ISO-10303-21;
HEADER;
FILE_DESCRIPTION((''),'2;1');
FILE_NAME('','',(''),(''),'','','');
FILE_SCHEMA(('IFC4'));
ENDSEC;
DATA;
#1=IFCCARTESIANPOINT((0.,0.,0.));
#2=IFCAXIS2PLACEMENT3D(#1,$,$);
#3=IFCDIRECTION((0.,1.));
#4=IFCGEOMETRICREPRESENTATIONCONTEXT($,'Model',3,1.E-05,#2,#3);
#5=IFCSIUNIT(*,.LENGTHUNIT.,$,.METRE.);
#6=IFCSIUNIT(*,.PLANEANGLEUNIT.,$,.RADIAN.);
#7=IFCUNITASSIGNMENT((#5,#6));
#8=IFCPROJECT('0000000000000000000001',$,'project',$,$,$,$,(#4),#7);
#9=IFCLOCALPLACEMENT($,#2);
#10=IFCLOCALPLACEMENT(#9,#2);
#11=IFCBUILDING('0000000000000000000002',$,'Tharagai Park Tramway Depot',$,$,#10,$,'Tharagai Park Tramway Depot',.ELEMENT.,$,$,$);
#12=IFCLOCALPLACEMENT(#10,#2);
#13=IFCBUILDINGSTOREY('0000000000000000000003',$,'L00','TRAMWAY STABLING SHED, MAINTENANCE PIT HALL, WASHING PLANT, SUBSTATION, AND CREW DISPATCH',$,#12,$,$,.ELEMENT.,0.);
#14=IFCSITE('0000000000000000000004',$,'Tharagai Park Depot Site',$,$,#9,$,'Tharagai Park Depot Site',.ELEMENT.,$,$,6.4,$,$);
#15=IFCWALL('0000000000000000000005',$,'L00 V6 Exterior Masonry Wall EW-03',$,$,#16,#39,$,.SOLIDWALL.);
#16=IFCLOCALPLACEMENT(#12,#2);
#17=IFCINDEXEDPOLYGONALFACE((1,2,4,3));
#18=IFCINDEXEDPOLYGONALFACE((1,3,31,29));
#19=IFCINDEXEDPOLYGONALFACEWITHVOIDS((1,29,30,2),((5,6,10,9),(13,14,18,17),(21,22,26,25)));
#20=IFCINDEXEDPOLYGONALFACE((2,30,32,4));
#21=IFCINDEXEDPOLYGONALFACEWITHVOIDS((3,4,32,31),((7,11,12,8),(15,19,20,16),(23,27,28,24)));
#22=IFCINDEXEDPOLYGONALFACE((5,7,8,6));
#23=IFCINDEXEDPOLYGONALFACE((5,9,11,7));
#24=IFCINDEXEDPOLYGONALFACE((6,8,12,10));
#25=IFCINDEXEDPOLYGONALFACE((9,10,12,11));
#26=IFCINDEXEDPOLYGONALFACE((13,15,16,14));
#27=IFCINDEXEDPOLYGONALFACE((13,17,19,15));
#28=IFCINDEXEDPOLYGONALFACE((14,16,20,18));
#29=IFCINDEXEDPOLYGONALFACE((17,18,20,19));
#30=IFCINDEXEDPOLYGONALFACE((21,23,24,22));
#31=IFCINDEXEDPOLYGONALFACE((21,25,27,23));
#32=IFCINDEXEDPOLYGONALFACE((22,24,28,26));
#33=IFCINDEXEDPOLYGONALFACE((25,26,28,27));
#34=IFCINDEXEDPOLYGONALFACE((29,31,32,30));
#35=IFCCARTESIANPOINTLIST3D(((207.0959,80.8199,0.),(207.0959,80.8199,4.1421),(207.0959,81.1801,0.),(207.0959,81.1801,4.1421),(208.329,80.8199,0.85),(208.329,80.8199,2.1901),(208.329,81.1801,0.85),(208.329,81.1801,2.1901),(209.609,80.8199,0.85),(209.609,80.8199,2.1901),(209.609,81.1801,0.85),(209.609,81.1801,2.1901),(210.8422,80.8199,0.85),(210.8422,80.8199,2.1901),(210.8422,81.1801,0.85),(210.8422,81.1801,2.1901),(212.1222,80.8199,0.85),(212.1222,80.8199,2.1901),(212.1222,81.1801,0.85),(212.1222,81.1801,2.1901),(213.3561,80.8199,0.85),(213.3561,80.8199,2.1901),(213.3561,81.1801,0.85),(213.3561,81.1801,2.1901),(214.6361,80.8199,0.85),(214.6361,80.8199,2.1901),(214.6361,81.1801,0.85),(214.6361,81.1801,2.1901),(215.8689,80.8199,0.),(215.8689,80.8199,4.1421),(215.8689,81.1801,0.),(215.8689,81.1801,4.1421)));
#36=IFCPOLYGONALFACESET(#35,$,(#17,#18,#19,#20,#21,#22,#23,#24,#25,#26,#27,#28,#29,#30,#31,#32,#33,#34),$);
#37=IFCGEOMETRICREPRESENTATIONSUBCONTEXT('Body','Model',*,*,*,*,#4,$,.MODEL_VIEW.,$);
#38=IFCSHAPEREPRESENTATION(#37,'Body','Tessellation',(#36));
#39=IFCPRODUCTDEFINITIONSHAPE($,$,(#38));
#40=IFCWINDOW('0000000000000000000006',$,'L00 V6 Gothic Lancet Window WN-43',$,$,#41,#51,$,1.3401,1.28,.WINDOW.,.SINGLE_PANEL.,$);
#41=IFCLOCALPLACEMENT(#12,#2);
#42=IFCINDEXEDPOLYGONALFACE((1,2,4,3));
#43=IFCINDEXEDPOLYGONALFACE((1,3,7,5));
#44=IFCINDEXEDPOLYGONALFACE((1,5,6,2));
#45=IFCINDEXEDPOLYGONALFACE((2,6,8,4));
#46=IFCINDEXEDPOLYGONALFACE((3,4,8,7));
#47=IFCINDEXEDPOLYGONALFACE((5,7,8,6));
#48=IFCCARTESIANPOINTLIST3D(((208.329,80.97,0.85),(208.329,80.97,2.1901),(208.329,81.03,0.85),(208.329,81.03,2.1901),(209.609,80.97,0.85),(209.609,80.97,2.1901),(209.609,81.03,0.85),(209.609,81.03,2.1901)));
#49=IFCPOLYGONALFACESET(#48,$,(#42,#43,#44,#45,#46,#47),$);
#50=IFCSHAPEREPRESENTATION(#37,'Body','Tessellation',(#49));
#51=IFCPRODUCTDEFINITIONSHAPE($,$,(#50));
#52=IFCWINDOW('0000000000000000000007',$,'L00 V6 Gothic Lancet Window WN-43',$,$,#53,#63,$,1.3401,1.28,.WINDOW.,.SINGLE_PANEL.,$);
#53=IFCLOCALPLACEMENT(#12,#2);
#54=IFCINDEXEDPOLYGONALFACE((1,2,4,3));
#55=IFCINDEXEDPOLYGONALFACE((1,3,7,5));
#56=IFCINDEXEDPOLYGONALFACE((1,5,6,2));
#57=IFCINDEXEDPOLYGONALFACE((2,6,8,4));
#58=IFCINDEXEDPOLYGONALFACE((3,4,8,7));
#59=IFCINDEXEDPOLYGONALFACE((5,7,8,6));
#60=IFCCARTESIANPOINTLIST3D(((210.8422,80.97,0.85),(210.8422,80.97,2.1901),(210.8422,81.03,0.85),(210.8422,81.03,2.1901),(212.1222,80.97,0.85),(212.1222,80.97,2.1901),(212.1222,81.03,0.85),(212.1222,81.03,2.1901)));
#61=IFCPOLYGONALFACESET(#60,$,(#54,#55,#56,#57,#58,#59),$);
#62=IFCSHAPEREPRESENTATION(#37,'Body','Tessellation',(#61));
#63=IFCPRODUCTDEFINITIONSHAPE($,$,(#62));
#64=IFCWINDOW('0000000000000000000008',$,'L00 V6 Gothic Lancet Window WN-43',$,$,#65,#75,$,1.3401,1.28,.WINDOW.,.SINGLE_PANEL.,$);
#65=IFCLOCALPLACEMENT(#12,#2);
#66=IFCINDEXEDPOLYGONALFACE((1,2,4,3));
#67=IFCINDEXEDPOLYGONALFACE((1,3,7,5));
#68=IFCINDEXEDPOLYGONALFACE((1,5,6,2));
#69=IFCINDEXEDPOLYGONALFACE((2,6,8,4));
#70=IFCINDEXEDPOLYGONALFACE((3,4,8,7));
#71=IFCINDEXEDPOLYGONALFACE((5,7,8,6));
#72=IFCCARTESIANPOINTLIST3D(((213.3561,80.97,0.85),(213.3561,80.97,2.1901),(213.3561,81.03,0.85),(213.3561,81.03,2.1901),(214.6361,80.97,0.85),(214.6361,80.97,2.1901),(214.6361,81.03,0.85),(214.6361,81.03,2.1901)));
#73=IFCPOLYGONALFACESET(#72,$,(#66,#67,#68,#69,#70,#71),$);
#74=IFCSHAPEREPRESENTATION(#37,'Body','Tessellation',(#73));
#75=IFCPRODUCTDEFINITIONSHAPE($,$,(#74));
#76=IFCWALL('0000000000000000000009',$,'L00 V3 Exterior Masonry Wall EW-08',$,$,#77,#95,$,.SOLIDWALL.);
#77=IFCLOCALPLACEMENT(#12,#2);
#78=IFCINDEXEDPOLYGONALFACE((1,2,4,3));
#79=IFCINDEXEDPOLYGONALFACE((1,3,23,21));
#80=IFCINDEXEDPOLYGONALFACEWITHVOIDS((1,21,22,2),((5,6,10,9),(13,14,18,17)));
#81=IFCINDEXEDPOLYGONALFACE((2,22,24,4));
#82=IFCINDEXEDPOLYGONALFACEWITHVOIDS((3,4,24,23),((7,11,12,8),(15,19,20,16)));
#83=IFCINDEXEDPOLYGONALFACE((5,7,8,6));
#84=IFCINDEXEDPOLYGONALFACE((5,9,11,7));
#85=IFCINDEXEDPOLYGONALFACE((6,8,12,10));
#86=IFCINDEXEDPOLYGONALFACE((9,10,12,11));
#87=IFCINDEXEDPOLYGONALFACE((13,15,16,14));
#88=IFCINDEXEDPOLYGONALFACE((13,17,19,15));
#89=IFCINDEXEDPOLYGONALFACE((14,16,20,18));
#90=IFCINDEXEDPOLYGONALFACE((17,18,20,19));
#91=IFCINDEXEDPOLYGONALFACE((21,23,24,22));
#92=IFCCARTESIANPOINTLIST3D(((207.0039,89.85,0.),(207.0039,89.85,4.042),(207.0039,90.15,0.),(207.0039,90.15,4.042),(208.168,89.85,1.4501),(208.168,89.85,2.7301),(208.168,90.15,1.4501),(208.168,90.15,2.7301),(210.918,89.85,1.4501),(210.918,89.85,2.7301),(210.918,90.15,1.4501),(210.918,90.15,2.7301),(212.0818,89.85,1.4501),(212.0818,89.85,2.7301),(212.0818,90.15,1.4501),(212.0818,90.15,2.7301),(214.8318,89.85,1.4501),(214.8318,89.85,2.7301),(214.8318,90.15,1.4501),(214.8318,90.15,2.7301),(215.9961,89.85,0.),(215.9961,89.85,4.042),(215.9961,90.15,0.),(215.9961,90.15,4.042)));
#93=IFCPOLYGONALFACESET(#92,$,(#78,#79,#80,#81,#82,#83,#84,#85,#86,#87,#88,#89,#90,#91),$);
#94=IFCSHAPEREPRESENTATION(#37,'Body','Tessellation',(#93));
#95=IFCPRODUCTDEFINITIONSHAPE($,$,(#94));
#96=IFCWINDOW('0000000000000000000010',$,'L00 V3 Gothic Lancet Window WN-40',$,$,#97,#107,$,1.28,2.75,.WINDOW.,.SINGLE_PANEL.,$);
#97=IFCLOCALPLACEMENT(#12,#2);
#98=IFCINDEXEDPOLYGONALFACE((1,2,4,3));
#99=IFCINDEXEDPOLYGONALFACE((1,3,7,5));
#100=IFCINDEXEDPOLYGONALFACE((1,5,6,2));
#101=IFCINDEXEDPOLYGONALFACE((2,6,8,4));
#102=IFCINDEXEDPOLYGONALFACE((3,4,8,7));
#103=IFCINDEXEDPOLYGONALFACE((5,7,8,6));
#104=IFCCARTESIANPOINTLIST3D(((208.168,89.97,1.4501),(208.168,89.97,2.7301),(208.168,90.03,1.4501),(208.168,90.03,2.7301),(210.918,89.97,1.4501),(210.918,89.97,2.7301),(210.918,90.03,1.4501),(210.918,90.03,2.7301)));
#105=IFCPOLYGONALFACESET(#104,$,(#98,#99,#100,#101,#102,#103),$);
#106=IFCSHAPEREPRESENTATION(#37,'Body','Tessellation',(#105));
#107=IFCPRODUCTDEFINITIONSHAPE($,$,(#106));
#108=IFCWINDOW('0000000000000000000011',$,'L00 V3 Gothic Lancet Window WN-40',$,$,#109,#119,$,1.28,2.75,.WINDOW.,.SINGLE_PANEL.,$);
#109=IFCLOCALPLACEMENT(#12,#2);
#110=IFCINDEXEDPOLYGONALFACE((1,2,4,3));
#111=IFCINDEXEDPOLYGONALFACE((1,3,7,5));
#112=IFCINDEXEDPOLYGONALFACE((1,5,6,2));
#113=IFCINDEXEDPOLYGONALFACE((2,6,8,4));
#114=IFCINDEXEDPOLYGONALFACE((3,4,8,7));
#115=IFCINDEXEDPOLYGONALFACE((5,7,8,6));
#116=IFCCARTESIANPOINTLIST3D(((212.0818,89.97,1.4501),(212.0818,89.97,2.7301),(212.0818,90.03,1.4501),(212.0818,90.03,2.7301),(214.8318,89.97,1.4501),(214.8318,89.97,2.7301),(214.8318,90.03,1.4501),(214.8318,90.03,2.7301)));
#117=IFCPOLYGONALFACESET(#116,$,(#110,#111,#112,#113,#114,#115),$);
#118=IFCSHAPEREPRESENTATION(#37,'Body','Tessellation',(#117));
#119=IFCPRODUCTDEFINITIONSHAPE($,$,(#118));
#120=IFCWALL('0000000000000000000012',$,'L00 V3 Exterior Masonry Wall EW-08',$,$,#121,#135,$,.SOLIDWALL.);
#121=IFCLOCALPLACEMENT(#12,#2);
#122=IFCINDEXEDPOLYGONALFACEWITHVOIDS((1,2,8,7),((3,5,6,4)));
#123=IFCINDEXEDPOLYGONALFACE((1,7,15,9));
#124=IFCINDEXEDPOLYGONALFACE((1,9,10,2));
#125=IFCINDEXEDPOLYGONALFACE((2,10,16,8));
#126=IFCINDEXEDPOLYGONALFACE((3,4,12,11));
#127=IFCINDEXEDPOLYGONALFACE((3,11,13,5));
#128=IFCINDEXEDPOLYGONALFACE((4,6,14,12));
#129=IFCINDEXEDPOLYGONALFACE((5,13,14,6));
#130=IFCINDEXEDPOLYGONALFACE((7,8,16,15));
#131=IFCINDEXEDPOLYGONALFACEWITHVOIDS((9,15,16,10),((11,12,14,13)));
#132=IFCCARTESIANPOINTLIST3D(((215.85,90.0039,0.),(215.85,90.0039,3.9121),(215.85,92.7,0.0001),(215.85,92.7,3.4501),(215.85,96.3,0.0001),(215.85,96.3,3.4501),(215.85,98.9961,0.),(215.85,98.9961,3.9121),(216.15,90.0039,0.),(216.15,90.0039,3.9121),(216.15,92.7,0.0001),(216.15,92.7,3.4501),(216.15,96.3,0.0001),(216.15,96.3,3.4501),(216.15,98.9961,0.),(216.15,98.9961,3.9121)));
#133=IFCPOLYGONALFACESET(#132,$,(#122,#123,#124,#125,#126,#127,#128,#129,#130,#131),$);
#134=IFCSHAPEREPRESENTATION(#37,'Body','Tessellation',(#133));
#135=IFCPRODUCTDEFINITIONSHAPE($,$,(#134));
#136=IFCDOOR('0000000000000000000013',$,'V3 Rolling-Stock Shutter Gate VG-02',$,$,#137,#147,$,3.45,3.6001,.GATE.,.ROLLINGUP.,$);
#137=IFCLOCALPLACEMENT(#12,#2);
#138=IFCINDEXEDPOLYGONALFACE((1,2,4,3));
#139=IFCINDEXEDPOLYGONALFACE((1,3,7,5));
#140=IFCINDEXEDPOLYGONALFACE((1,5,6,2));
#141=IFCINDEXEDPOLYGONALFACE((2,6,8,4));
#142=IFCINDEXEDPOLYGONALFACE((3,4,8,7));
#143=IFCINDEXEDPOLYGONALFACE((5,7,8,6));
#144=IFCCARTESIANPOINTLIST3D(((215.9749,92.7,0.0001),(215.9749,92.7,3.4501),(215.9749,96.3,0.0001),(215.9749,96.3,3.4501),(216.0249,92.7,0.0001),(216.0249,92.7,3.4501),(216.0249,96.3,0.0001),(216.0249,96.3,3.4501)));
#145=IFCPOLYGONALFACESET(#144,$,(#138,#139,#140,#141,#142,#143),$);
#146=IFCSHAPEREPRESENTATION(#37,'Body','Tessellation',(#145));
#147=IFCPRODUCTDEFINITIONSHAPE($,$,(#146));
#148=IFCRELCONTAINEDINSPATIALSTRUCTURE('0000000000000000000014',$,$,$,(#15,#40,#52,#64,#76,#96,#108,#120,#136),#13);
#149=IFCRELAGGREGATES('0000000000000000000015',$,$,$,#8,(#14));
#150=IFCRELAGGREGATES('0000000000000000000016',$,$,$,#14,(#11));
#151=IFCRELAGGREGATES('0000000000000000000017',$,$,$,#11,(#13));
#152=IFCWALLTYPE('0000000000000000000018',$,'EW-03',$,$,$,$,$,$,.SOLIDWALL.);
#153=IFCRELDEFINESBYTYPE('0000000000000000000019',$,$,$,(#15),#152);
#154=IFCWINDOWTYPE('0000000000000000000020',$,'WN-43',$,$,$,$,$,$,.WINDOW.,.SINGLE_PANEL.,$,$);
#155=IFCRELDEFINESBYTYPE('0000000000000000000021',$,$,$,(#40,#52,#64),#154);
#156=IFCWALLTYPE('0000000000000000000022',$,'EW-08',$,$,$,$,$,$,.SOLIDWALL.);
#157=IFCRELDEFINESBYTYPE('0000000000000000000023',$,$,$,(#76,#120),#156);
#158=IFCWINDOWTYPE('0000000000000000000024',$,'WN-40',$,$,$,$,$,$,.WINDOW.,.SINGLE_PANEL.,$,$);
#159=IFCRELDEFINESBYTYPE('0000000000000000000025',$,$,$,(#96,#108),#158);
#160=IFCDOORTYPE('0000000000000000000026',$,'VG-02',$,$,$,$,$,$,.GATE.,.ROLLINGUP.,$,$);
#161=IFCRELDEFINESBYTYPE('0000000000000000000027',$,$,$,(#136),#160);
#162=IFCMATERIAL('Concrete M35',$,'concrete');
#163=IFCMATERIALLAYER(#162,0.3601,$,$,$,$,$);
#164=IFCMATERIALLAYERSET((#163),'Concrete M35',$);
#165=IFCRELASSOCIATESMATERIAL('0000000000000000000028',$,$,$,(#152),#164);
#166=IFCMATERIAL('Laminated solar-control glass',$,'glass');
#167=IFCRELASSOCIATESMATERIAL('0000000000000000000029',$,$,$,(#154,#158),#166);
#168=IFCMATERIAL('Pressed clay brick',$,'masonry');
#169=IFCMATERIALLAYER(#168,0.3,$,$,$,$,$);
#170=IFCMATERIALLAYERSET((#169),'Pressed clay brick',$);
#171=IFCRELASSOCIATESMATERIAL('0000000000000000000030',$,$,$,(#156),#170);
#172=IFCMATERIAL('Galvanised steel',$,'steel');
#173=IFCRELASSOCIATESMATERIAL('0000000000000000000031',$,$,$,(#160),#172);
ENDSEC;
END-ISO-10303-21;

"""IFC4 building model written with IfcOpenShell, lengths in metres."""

from ifc_helpers import new_model, si_unit, direction, frame, frame_2d, origin, place, context, subcontext, project, spatial, rectangle, extrude, material, layer, layer_set, type_object, element, fill, save


model = new_model("IFC4")

# Units and contexts
model_context = context("Model", 3, precision=1e-05, world=origin(), true_north=direction((0.0, 1.0)))
body_context = subcontext(model_context, "Body", "Model", "MODEL_VIEW")
ifc_project = project(units=[si_unit("LENGTHUNIT", "METRE"), si_unit("PLANEANGLEUNIT", "RADIAN")], contexts=[model_context])

# Site, building, storey
site_placement = place(None, origin())
site = spatial("IfcSite", under=ifc_project, at=site_placement, Name="Tharagai Park Depot Site", LongName="Tharagai Park Depot Site", CompositionType="ELEMENT", RefElevation=6.4)
building_placement = place(site_placement, origin())
building = spatial("IfcBuilding", under=site, at=building_placement, Name="Tharagai Park Tramway Depot", LongName="Tharagai Park Tramway Depot", CompositionType="ELEMENT")
storey_placement = place(building_placement, origin())
storey = spatial("IfcBuildingStorey", under=building, at=storey_placement, Name="L00", Description="TRAMWAY STABLING SHED, MAINTENANCE PIT HALL, WASHING PLANT, SUBSTATION, AND CREW DISPATCH", CompositionType="ELEMENT", Elevation=0.0)

# Walls, openings, windows
ifc_material_1 = material(Name="Concrete M35", Category="concrete")
ifc_layer_1 = layer(ifc_material_1, 0.3601)
ifc_layer_set_1 = layer_set([ifc_layer_1], Name="Concrete M35")
wall_type_1 = type_object("IfcWallType", Name="EW-03", PredefinedType="SOLIDWALL", material=ifc_layer_set_1)
wall_1_placement = place(storey_placement, frame((207.0959, 81.0, 0.0), z_axis=(0.0, 0.0, 1.0), x_axis=(1.0, 0.0, 0.0)))
wall_1 = element("IfcWall", 1, at=wall_1_placement, inside=storey, type_object=wall_type_1, Name="L00 V6 Exterior Masonry Wall EW-03", PredefinedType="SOLIDWALL", context=body_context, shape_type="SweptSolid", body=[
    extrude(rectangle(XDim=8.7729, YDim=0.3601, at=frame_2d((4.3865, 0.0))), origin(), (0.0, 0.0, 1.0), 4.1421),
])
opening_1_placement = place(wall_1_placement, frame((1.2329, 0.0, 0.8501)))
opening_1 = element("IfcOpeningElement", 2, at=opening_1_placement, cuts=wall_1, PredefinedType="OPENING", context=body_context, shape_type="SweptSolid", body=[
    extrude(rectangle(XDim=1.28, YDim=1.3401, at=frame_2d((0.6401, 0.6699))), frame((0.0, 0.1899, 0.0), z_axis=(0.0, -1.0, 0.0), x_axis=(1.0, 0.0, 0.0)), (0.0, 0.0, 1.0), 0.3801),
])
opening_2_placement = place(wall_1_placement, frame((3.7461, 0.0, 0.8501)))
opening_2 = element("IfcOpeningElement", 3, at=opening_2_placement, cuts=wall_1, PredefinedType="OPENING", context=body_context, shape_type="SweptSolid", body=[
    extrude(rectangle(XDim=1.28, YDim=1.3401, at=frame_2d((0.6401, 0.6699))), frame((0.0, 0.1899, 0.0), z_axis=(0.0, -1.0, 0.0), x_axis=(1.0, 0.0, 0.0)), (0.0, 0.0, 1.0), 0.3801),
])
opening_3_placement = place(wall_1_placement, frame((6.26, 0.0, 0.8501)))
opening_3 = element("IfcOpeningElement", 4, at=opening_3_placement, cuts=wall_1, PredefinedType="OPENING", context=body_context, shape_type="SweptSolid", body=[
    extrude(rectangle(XDim=1.28, YDim=1.3401, at=frame_2d((0.6401, 0.6699))), frame((0.0, 0.1899, 0.0), z_axis=(0.0, -1.0, 0.0), x_axis=(1.0, 0.0, 0.0)), (0.0, 0.0, 1.0), 0.3801),
])
ifc_material_2 = material(Name="Laminated solar-control glass", Category="glass")
window_type_1 = type_object("IfcWindowType", Name="WN-43", PartitioningType="SINGLE_PANEL", PredefinedType="WINDOW", material=ifc_material_2)
window_1_placement = place(opening_1_placement, origin())
window_1 = element("IfcWindow", 5, at=window_1_placement, inside=storey, type_object=window_type_1, Name="L00 V6 Gothic Lancet Window WN-43", OverallHeight=1.3401, OverallWidth=1.28, PartitioningType="SINGLE_PANEL", PredefinedType="WINDOW", context=body_context, shape_type="SweptSolid", body=[
    extrude(rectangle(XDim=1.28, YDim=1.3401, at=frame_2d((0.6401, 0.6699))), frame((0.0, 0.03, 0.0), z_axis=(0.0, -1.0, 0.0), x_axis=(1.0, 0.0, 0.0)), (0.0, 0.0, 1.0), 0.0601),
])
fill(opening_1, window_1)
window_2_placement = place(opening_2_placement, origin())
window_2 = element("IfcWindow", 6, at=window_2_placement, inside=storey, type_object=window_type_1, Name="L00 V6 Gothic Lancet Window WN-43", OverallHeight=1.3401, OverallWidth=1.28, PartitioningType="SINGLE_PANEL", PredefinedType="WINDOW", context=body_context, shape_type="SweptSolid", body=[
    extrude(rectangle(XDim=1.28, YDim=1.3401, at=frame_2d((0.6401, 0.6699))), frame((0.0, 0.03, 0.0), z_axis=(0.0, -1.0, 0.0), x_axis=(1.0, 0.0, 0.0)), (0.0, 0.0, 1.0), 0.0601),
])
fill(opening_2, window_2)
window_3_placement = place(opening_3_placement, origin())
window_3 = element("IfcWindow", 7, at=window_3_placement, inside=storey, type_object=window_type_1, Name="L00 V6 Gothic Lancet Window WN-43", OverallHeight=1.3401, OverallWidth=1.28, PartitioningType="SINGLE_PANEL", PredefinedType="WINDOW", context=body_context, shape_type="SweptSolid", body=[
    extrude(rectangle(XDim=1.28, YDim=1.3401, at=frame_2d((0.6401, 0.6699))), frame((0.0, 0.03, 0.0), z_axis=(0.0, -1.0, 0.0), x_axis=(1.0, 0.0, 0.0)), (0.0, 0.0, 1.0), 0.0601),
])
fill(opening_3, window_3)
ifc_material_3 = material(Name="Pressed clay brick", Category="masonry")
ifc_layer_2 = layer(ifc_material_3, 0.3)
ifc_layer_set_2 = layer_set([ifc_layer_2], Name="Pressed clay brick")
wall_type_2 = type_object("IfcWallType", Name="EW-08", PredefinedType="SOLIDWALL", material=ifc_layer_set_2)
wall_2_placement = place(storey_placement, frame((207.0039, 90.0, 0.0), z_axis=(0.0, 0.0, 1.0), x_axis=(1.0, 0.0, 0.0)))
wall_2 = element("IfcWall", 8, at=wall_2_placement, inside=storey, type_object=wall_type_2, Name="L00 V3 Exterior Masonry Wall EW-08", PredefinedType="SOLIDWALL", context=body_context, shape_type="SweptSolid", body=[
    extrude(rectangle(XDim=8.9922, YDim=0.3, at=frame_2d((4.4961, 0.0))), origin(), (0.0, 0.0, 1.0), 4.042),
])
opening_4_placement = place(wall_2_placement, frame((1.1641, 0.0, 1.45)))
opening_4 = element("IfcOpeningElement", 9, at=opening_4_placement, cuts=wall_2, PredefinedType="OPENING", context=body_context, shape_type="SweptSolid", body=[
    extrude(rectangle(XDim=2.75, YDim=1.28, at=frame_2d((1.375, 0.6401))), frame((0.0, 0.1599, 0.0), z_axis=(0.0, -1.0, 0.0), x_axis=(1.0, 0.0, 0.0)), (0.0, 0.0, 1.0), 0.3201),
])
opening_5_placement = place(wall_2_placement, frame((5.0779, 0.0, 1.45)))
opening_5 = element("IfcOpeningElement", 10, at=opening_5_placement, cuts=wall_2, PredefinedType="OPENING", context=body_context, shape_type="SweptSolid", body=[
    extrude(rectangle(XDim=2.75, YDim=1.28, at=frame_2d((1.375, 0.6401))), frame((0.0, 0.1599, 0.0), z_axis=(0.0, -1.0, 0.0), x_axis=(1.0, 0.0, 0.0)), (0.0, 0.0, 1.0), 0.3201),
])
window_type_2 = type_object("IfcWindowType", Name="WN-40", PartitioningType="SINGLE_PANEL", PredefinedType="WINDOW", material=ifc_material_2)
window_4_placement = place(opening_4_placement, origin())
window_4 = element("IfcWindow", 11, at=window_4_placement, inside=storey, type_object=window_type_2, Name="L00 V3 Gothic Lancet Window WN-40", OverallHeight=1.28, OverallWidth=2.75, PartitioningType="SINGLE_PANEL", PredefinedType="WINDOW", context=body_context, shape_type="SweptSolid", body=[
    extrude(rectangle(XDim=2.75, YDim=1.28, at=frame_2d((1.375, 0.6401))), frame((0.0, 0.03, 0.0), z_axis=(0.0, -1.0, 0.0), x_axis=(1.0, 0.0, 0.0)), (0.0, 0.0, 1.0), 0.0601),
])
fill(opening_4, window_4)
window_5_placement = place(opening_5_placement, origin())
window_5 = element("IfcWindow", 12, at=window_5_placement, inside=storey, type_object=window_type_2, Name="L00 V3 Gothic Lancet Window WN-40", OverallHeight=1.28, OverallWidth=2.75, PartitioningType="SINGLE_PANEL", PredefinedType="WINDOW", context=body_context, shape_type="SweptSolid", body=[
    extrude(rectangle(XDim=2.75, YDim=1.28, at=frame_2d((1.375, 0.6401))), frame((0.0, 0.03, 0.0), z_axis=(0.0, -1.0, 0.0), x_axis=(1.0, 0.0, 0.0)), (0.0, 0.0, 1.0), 0.0601),
])
fill(opening_5, window_5)

# Wall, opening, door
wall_3_placement = place(storey_placement, frame((216.0, 90.0039, 0.0), z_axis=(0.0, 0.0, 1.0), x_axis=(0.0, 1.0, 0.0)))
wall_3 = element("IfcWall", 13, at=wall_3_placement, inside=storey, type_object=wall_type_2, Name="L00 V3 Exterior Masonry Wall EW-08", PredefinedType="SOLIDWALL", context=body_context, shape_type="SweptSolid", body=[
    extrude(rectangle(XDim=8.9922, YDim=0.3, at=frame_2d((4.4961, 0.0))), origin(), (0.0, 0.0, 1.0), 3.9121),
])
opening_6_placement = place(wall_3_placement, frame((2.696, 0.0, 0.0)))
opening_6 = element("IfcOpeningElement", 14, at=opening_6_placement, cuts=wall_3, PredefinedType="OPENING", context=body_context, shape_type="SweptSolid", body=[
    extrude(rectangle(XDim=3.6001, YDim=3.45, at=frame_2d((1.8, 1.7251))), frame((0.0, 0.1599, 0.0), z_axis=(0.0, -1.0, 0.0), x_axis=(1.0, 0.0, 0.0)), (0.0, 0.0, 1.0), 0.3201),
])
ifc_material_4 = material(Name="Galvanised steel", Category="steel")
door_type = type_object("IfcDoorType", Name="VG-02", OperationType="ROLLINGUP", PredefinedType="GATE", material=ifc_material_4)
door_placement = place(opening_6_placement, frame((3.6001, 0.0, 0.0), z_axis=(0.0, 0.0, 1.0), x_axis=(-1.0, 0.0, 0.0)))
door = element("IfcDoor", 15, at=door_placement, inside=storey, type_object=door_type, Name="V3 Rolling-Stock Shutter Gate VG-02", OperationType="ROLLINGUP", OverallHeight=3.45, OverallWidth=3.6001, PredefinedType="GATE", context=body_context, shape_type="SweptSolid", body=[
    extrude(rectangle(XDim=3.6001, YDim=3.45, at=frame_2d((1.8, 1.7251))), frame((0.0, 0.0249, 0.0), z_axis=(0.0, -1.0, 0.0), x_axis=(1.0, 0.0, 0.0)), (0.0, 0.0, 1.0), 0.05),
])
fill(opening_6, door)

save(model, "model.ifc")
